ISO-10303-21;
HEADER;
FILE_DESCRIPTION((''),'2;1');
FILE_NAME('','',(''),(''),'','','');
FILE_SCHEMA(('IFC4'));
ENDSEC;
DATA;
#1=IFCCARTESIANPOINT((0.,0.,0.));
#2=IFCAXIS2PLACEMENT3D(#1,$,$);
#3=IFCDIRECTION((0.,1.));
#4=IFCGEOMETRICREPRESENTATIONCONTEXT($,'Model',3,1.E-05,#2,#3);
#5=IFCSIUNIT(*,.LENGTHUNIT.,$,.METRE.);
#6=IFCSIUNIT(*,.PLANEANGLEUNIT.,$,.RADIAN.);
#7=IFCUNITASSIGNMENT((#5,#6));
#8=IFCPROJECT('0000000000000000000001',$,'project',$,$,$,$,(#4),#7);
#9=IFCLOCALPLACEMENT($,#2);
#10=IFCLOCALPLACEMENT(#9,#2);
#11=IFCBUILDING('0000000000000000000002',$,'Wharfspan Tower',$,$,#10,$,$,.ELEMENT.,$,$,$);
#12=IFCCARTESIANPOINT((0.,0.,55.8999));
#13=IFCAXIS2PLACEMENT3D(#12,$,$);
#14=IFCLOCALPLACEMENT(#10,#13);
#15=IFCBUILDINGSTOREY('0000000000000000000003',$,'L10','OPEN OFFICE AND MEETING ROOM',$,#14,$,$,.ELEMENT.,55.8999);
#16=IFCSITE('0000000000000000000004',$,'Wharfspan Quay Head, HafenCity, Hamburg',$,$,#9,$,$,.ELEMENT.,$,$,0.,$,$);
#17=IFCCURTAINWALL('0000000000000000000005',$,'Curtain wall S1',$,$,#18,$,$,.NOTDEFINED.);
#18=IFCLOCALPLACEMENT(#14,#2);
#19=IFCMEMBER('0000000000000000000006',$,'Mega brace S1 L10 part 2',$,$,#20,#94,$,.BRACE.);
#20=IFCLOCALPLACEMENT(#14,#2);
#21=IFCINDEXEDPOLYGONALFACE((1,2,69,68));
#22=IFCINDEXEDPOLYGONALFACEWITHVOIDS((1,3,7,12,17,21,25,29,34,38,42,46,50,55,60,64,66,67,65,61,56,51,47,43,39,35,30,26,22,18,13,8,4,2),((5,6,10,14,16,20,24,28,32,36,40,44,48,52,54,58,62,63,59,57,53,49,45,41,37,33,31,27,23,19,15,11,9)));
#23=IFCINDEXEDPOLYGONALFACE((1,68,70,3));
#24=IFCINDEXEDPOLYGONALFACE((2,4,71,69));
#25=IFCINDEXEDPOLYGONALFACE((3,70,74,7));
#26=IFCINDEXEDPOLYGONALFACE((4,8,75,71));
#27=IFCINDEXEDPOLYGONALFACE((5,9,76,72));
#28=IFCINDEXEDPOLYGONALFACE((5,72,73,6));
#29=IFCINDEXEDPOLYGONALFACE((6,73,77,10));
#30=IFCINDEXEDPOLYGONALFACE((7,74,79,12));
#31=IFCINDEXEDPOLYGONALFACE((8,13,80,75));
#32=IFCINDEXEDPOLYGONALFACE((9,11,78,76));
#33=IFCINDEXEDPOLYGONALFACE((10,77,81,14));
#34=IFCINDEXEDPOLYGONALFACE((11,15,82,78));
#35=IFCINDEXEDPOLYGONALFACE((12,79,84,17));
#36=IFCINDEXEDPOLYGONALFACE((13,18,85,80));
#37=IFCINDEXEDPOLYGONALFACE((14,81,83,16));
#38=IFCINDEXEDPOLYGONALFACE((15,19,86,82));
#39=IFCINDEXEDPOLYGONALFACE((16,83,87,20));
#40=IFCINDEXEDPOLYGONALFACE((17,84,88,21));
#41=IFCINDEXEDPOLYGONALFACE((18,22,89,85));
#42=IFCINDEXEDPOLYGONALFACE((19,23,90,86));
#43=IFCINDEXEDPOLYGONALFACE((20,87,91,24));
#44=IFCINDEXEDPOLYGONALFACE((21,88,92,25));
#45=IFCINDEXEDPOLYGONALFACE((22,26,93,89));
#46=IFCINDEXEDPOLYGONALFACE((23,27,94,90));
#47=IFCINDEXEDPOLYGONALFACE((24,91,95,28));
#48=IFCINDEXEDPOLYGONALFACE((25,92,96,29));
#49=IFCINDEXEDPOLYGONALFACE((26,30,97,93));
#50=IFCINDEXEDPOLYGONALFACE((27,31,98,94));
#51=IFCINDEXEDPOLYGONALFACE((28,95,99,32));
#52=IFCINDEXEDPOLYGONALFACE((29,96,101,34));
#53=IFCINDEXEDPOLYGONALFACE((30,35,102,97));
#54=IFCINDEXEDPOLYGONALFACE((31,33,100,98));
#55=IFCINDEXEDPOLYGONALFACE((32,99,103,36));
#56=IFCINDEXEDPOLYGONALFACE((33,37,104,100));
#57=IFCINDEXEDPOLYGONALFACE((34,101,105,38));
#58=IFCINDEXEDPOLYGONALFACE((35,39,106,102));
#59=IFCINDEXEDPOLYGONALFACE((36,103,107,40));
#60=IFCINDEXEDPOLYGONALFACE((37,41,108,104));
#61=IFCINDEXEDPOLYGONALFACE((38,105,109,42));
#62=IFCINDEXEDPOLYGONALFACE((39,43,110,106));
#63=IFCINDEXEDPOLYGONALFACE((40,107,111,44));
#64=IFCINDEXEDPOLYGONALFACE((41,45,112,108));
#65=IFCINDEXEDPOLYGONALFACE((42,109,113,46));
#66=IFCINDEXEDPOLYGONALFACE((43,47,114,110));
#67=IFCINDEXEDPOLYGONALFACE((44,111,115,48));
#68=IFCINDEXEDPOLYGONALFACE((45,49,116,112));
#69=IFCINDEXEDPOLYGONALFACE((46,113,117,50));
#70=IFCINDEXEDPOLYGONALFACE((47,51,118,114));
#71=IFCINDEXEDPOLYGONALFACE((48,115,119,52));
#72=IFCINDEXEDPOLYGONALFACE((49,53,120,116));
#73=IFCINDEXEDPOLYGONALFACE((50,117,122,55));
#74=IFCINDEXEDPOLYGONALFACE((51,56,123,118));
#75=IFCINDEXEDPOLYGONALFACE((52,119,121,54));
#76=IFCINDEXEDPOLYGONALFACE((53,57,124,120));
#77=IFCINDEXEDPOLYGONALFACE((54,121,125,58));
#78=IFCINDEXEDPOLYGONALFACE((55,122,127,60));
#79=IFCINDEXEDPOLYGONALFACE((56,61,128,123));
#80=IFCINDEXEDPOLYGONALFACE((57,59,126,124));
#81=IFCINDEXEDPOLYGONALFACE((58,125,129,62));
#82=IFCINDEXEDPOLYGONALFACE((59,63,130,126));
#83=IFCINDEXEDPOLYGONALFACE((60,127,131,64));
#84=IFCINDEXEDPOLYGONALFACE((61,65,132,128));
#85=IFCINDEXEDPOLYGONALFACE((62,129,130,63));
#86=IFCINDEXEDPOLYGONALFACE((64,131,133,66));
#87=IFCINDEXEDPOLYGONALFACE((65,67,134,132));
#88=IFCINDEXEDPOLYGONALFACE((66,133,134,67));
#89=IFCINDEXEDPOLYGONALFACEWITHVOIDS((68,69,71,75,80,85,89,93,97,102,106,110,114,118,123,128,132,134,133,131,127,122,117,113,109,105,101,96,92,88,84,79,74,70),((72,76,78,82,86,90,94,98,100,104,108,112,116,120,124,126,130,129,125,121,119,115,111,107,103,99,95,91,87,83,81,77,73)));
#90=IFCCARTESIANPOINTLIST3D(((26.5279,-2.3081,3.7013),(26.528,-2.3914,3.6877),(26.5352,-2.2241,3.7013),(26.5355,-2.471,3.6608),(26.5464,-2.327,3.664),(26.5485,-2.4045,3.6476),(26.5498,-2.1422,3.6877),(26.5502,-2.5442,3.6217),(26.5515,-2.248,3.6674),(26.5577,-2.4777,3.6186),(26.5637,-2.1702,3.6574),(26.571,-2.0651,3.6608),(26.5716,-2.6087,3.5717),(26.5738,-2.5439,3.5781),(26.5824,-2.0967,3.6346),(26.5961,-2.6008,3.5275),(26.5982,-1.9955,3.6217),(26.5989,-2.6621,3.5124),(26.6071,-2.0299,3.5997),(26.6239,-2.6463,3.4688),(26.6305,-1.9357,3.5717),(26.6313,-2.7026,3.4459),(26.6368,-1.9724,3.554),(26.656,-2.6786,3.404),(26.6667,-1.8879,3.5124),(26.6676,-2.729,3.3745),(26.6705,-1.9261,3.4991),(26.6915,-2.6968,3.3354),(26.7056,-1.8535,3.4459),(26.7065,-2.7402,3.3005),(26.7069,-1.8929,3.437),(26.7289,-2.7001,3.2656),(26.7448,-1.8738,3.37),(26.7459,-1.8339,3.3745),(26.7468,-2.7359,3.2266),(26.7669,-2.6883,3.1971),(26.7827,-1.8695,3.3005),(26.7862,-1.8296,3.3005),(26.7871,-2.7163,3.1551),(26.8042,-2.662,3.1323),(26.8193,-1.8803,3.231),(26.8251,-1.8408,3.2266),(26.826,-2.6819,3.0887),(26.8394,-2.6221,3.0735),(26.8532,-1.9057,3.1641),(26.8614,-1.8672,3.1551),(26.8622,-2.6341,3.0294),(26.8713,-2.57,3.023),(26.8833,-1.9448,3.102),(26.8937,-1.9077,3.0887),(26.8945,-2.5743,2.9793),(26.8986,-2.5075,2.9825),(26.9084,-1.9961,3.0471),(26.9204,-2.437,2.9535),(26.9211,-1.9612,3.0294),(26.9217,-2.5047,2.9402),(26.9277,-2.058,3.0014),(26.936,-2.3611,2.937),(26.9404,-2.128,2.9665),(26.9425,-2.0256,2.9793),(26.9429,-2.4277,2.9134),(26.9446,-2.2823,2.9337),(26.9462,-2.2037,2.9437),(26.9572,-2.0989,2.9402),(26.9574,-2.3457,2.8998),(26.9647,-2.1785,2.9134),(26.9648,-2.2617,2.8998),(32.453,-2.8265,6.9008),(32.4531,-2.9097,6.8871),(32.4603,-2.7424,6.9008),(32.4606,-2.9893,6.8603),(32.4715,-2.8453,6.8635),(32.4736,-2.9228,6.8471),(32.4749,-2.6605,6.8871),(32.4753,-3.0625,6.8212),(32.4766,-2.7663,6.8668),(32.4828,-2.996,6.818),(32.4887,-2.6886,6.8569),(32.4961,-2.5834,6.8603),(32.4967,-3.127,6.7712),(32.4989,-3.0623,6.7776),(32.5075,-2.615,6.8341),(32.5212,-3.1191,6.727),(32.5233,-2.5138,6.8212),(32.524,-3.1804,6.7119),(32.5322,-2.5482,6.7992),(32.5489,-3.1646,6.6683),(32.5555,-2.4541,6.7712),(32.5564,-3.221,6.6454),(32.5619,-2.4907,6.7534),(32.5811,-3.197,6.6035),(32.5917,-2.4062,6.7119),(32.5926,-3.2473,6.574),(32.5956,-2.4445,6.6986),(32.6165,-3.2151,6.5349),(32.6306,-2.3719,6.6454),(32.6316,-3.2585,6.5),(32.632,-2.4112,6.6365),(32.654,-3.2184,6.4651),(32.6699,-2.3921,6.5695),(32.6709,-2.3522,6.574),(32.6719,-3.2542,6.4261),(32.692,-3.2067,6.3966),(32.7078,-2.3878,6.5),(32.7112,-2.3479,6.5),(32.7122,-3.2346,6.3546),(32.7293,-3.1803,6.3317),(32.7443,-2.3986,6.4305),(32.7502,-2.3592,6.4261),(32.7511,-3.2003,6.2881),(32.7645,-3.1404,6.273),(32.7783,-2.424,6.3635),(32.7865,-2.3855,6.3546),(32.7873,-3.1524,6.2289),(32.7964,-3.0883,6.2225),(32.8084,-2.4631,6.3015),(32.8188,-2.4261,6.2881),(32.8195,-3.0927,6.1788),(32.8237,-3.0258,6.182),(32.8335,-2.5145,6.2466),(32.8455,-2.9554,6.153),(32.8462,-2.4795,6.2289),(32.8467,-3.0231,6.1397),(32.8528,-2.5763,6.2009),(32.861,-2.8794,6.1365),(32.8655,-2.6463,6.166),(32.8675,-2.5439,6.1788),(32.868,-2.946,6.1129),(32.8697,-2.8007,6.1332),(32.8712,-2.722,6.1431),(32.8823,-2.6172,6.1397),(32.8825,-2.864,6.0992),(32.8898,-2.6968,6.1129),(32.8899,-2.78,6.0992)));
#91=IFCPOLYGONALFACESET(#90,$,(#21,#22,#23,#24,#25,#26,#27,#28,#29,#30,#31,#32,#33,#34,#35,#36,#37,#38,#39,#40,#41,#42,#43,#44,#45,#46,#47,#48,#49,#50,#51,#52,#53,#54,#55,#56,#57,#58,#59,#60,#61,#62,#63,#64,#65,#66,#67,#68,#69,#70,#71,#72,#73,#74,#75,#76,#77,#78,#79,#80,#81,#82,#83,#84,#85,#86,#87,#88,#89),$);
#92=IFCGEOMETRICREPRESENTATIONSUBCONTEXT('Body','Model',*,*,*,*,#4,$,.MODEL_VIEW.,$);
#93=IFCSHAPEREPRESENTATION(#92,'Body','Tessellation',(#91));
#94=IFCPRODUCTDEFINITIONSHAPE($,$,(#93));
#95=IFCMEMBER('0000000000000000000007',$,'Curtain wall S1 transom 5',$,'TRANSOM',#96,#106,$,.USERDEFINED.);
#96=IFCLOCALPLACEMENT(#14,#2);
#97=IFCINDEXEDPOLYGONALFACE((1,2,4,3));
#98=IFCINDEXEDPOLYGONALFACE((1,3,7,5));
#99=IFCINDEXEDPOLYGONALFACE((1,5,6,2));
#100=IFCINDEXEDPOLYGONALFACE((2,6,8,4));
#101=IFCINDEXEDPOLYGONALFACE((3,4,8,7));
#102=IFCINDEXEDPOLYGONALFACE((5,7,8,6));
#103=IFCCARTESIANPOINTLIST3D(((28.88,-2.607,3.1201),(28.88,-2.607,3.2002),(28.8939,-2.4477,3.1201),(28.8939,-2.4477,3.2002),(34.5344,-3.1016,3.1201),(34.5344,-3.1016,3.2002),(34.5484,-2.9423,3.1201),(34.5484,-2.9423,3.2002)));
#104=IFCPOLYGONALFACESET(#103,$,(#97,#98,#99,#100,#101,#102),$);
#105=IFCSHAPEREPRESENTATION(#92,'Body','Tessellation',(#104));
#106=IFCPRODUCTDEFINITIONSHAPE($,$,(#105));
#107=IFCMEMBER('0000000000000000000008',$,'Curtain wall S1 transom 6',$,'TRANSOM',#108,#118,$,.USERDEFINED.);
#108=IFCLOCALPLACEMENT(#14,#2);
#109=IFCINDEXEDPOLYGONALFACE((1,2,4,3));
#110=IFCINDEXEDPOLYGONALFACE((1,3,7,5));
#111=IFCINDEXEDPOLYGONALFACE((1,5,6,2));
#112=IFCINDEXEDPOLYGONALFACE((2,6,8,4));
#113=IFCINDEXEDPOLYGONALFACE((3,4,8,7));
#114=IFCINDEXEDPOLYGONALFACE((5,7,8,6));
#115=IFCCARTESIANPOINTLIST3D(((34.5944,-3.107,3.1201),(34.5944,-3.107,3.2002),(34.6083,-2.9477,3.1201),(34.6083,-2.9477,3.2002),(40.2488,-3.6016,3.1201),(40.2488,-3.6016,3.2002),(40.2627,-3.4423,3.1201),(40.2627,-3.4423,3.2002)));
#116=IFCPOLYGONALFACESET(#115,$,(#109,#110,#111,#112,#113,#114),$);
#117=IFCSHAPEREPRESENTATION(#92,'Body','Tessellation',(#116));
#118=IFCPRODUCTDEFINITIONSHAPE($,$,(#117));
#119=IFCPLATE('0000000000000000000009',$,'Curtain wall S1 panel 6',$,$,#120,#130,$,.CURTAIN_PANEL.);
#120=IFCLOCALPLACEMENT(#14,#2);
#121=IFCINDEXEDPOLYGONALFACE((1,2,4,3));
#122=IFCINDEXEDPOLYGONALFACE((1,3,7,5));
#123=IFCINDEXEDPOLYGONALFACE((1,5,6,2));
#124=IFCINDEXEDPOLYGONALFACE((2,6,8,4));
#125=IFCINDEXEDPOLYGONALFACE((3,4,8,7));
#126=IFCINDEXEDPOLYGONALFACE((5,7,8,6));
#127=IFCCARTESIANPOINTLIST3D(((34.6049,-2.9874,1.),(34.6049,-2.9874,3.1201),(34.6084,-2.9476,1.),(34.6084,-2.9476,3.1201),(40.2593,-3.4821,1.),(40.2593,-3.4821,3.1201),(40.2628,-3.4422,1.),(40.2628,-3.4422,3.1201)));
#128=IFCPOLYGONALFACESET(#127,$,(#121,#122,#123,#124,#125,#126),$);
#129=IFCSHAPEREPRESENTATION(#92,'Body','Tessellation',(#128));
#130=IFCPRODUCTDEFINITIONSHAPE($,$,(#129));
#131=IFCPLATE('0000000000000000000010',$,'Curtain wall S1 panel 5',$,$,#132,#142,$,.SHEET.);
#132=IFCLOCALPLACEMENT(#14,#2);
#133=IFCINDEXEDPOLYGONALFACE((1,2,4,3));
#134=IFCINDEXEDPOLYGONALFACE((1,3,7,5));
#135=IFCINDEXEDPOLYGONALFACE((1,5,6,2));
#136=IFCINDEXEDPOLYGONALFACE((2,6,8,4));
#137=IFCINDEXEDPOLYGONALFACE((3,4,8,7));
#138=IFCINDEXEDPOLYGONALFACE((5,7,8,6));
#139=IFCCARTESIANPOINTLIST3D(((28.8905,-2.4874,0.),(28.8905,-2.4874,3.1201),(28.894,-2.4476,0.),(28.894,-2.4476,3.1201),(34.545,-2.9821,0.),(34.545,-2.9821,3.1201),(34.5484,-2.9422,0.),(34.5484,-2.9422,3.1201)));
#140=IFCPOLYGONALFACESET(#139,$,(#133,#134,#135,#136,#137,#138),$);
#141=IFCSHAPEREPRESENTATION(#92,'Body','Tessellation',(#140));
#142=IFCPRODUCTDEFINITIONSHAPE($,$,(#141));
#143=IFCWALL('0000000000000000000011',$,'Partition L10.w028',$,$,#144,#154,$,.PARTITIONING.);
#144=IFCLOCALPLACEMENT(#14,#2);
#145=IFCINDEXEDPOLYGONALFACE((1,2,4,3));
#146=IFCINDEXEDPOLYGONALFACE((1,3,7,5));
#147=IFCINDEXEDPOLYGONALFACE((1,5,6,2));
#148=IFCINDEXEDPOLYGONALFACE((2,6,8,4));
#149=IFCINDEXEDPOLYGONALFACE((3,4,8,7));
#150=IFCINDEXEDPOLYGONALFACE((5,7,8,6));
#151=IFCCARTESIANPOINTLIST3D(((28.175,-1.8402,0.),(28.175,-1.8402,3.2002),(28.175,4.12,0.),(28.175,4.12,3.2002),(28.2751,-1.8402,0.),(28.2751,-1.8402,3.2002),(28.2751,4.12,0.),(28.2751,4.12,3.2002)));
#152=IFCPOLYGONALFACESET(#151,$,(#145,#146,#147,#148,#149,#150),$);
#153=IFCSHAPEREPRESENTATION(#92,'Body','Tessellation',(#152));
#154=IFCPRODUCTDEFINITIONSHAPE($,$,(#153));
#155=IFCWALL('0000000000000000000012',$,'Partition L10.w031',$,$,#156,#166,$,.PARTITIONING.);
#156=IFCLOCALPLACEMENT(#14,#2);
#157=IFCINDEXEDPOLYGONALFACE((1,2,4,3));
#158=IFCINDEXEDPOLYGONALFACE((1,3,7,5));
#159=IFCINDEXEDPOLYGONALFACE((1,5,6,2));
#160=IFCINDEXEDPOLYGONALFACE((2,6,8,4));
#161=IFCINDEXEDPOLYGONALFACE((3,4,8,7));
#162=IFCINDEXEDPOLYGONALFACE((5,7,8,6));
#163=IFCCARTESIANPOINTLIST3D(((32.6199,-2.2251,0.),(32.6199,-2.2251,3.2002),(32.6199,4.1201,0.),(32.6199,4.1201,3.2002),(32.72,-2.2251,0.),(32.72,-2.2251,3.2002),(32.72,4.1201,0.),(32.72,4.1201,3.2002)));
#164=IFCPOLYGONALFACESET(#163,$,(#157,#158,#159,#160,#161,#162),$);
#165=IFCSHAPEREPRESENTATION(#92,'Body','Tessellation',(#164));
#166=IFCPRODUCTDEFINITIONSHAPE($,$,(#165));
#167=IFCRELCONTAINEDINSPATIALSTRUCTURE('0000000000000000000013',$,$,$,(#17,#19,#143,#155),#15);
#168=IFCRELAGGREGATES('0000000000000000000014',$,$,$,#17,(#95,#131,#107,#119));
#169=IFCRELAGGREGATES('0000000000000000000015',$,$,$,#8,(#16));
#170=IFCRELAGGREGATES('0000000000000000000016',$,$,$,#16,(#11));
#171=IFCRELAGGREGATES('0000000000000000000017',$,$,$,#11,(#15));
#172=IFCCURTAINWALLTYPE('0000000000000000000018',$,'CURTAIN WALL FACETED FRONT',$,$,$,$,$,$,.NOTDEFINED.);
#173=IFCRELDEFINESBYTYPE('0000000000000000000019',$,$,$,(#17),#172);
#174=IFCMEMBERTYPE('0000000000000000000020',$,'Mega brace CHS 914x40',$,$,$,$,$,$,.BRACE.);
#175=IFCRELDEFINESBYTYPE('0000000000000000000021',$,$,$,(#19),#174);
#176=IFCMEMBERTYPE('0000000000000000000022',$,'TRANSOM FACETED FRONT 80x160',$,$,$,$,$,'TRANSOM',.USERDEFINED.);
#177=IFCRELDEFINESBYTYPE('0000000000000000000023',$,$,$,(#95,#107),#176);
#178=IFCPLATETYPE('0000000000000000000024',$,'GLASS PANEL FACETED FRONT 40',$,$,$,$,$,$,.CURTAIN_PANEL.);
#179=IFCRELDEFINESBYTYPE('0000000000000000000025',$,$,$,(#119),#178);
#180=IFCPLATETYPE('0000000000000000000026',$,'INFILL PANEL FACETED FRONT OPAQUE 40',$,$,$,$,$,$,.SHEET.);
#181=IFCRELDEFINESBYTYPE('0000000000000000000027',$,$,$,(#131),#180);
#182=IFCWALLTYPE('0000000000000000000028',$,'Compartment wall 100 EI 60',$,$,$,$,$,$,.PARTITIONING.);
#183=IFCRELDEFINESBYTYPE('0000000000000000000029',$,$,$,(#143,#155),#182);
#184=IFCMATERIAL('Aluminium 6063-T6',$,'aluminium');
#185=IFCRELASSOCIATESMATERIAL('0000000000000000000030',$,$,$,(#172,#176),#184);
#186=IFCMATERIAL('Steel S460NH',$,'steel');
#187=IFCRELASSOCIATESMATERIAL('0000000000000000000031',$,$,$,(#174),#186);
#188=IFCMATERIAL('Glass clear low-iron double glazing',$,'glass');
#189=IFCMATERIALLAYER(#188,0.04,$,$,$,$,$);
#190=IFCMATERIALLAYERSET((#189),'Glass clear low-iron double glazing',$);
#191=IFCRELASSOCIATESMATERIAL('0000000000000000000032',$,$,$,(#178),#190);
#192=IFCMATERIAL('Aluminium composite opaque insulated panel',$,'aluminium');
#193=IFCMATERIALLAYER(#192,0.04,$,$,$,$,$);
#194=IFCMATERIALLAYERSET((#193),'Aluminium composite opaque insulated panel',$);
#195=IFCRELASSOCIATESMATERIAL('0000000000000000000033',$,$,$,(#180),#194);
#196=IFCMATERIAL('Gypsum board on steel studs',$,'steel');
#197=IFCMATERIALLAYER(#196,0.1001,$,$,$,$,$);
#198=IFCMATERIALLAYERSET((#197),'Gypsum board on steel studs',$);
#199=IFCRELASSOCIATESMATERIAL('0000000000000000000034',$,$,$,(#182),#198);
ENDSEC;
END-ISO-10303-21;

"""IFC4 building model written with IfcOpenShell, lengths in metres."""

from ifc_helpers import new_model, si_unit, direction, frame, frame_2d, origin, origin_2d, place, context, subcontext, project, spatial, rectangle, hollow_circle, extrude, material, layer, layer_set, material_profile, profile_set, type_object, element, aggregate, save


model = new_model("IFC4")

# Units and contexts
model_context = context("Model", 3, precision=1e-05, world=origin(), true_north=direction((0.0, 1.0)))
body_context = subcontext(model_context, "Body", "Model", "MODEL_VIEW")
ifc_project = project(units=[si_unit("LENGTHUNIT", "METRE"), si_unit("PLANEANGLEUNIT", "RADIAN")], contexts=[model_context])

# Site, building, storey
site_placement = place(None, origin())
site = spatial("IfcSite", under=ifc_project, at=site_placement, Name="Wharfspan Quay Head, HafenCity, Hamburg", CompositionType="ELEMENT", RefElevation=0.0)
building_placement = place(site_placement, origin())
building = spatial("IfcBuilding", under=site, at=building_placement, Name="Wharfspan Tower", CompositionType="ELEMENT")
storey_placement = place(building_placement, frame((0.0, 0.0, 55.8999)))
storey = spatial("IfcBuildingStorey", under=building, at=storey_placement, Name="L10", Description="OPEN OFFICE AND MEETING ROOM", CompositionType="ELEMENT", Elevation=55.8999)

# Curtain wall
ifc_material_1 = material(Name="Aluminium 6063-T6", Category="aluminium")
curtain_wall_type = type_object("IfcCurtainWallType", Name="CURTAIN WALL FACETED FRONT", PredefinedType="NOTDEFINED", material=ifc_material_1)
curtain_wall_placement = place(storey_placement, origin())
curtain_wall = element("IfcCurtainWall", 1, at=curtain_wall_placement, inside=storey, type_object=curtain_wall_type, Name="Curtain wall S1", PredefinedType="NOTDEFINED")

# Members
ifc_material_2 = material(Name="Steel S460NH", Category="steel")
ifc_material_profile_1 = material_profile(ifc_material_2, hollow_circle(Radius=0.457, WallThickness=0.04, at=origin_2d()))
ifc_profile_set_1 = profile_set([ifc_material_profile_1], Name="Steel S460NH")
member_type_1 = type_object("IfcMemberType", Name="Mega brace CHS 914x40", PredefinedType="BRACE", material=ifc_profile_set_1)
member_1_placement = place(storey_placement, frame((26.7463, -2.2849, 3.3005), z_axis=(0.877314, -0.076746, 0.47374), x_axis=(0.087144, 0.996196, 0.000003)))
element("IfcMember", 2, at=member_1_placement, inside=storey, type_object=member_type_1, Name="Mega brace S1 L10 part 2", PredefinedType="BRACE", context=body_context, shape_type="SweptSolid", body=[
    extrude(hollow_circle(Radius=0.457, WallThickness=0.04, at=origin_2d()), origin(), (0.0, 0.0, 1.0), 6.7537),
])
ifc_material_profile_2 = material_profile(ifc_material_1, rectangle(XDim=0.1599, YDim=0.0801, at=origin_2d()))
ifc_profile_set_2 = profile_set([ifc_material_profile_2], Name="Aluminium 6063-T6")
member_type_2 = type_object("IfcMemberType", Name="TRANSOM FACETED FRONT 80x160", ElementType="TRANSOM", PredefinedType="USERDEFINED", material=ifc_profile_set_2)
member_2_placement = place(storey_placement, frame((28.887, -2.5273, 3.1602), z_axis=(0.996196, -0.087142, 0.0), x_axis=(0.087142, 0.996196, 0.0)))
member_2 = element("IfcMember", 3, at=member_2_placement, type_object=member_type_2, Name="Curtain wall S1 transom 5", ObjectType="TRANSOM", PredefinedType="USERDEFINED", context=body_context, shape_type="SweptSolid", body=[
    extrude(rectangle(XDim=0.1599, YDim=0.0801, at=origin_2d()), origin(), (0.0, 0.0, 1.0), 5.676),
])
member_3_placement = place(storey_placement, frame((34.6013, -3.0273, 3.1602), z_axis=(0.996196, -0.087142, 0.0), x_axis=(0.087142, 0.996196, 0.0)))
member_3 = element("IfcMember", 4, at=member_3_placement, type_object=member_type_2, Name="Curtain wall S1 transom 6", ObjectType="TRANSOM", PredefinedType="USERDEFINED", context=body_context, shape_type="SweptSolid", body=[
    extrude(rectangle(XDim=0.1599, YDim=0.0801, at=origin_2d()), origin(), (0.0, 0.0, 1.0), 5.676),
])

# Plates
ifc_material_3 = material(Name="Glass clear low-iron double glazing", Category="glass")
ifc_layer_1 = layer(ifc_material_3, 0.04)
ifc_layer_set_1 = layer_set([ifc_layer_1], Name="Glass clear low-iron double glazing")
plate_type_1 = type_object("IfcPlateType", Name="GLASS PANEL FACETED FRONT 40", PredefinedType="CURTAIN_PANEL", material=ifc_layer_set_1)
plate_1_placement = place(storey_placement, frame((37.4338, -3.2148, 1.0), z_axis=(0.0, 0.0, 1.0), x_axis=(0.996197, -0.087156, 0.0)))
plate_1 = element("IfcPlate", 5, at=plate_1_placement, type_object=plate_type_1, Name="Curtain wall S1 panel 6", PredefinedType="CURTAIN_PANEL", context=body_context, shape_type="SweptSolid", body=[
    extrude(rectangle(XDim=5.676, YDim=0.04, at=origin_2d()), origin(), (0.0, 0.0, 1.0), 2.1201),
])
ifc_material_4 = material(Name="Aluminium composite opaque insulated panel", Category="aluminium")
ifc_layer_2 = layer(ifc_material_4, 0.04)
ifc_layer_set_2 = layer_set([ifc_layer_2], Name="Aluminium composite opaque insulated panel")
plate_type_2 = type_object("IfcPlateType", Name="INFILL PANEL FACETED FRONT OPAQUE 40", PredefinedType="SHEET", material=ifc_layer_set_2)
plate_2_placement = place(storey_placement, frame((31.7195, -2.7148, 0.0), z_axis=(0.0, 0.0, 1.0), x_axis=(0.996197, -0.087156, 0.0)))
plate_2 = element("IfcPlate", 6, at=plate_2_placement, type_object=plate_type_2, Name="Curtain wall S1 panel 5", PredefinedType="SHEET", context=body_context, shape_type="SweptSolid", body=[
    extrude(rectangle(XDim=5.676, YDim=0.04, at=origin_2d()), origin(), (0.0, 0.0, 1.0), 3.1201),
])
aggregate(curtain_wall, [member_2, plate_2, member_3, plate_1])

# Walls
ifc_material_5 = material(Name="Gypsum board on steel studs", Category="steel")
ifc_layer_3 = layer(ifc_material_5, 0.1001)
ifc_layer_set_3 = layer_set([ifc_layer_3], Name="Gypsum board on steel studs")
wall_type_1 = type_object("IfcWallType", Name="Compartment wall 100 EI 60", PredefinedType="PARTITIONING", material=ifc_layer_set_3)
wall_1_placement = place(storey_placement, frame((28.2251, -1.8401, 0.0), z_axis=(0.0, 0.0, 1.0), x_axis=(0.0, 1.0, 0.0)))
element("IfcWall", 7, at=wall_1_placement, inside=storey, type_object=wall_type_1, Name="Partition L10.w028", PredefinedType="PARTITIONING", context=body_context, shape_type="SweptSolid", body=[
    extrude(rectangle(XDim=5.9602, YDim=0.1001, at=frame_2d((2.98, 0.0))), origin(), (0.0, 0.0, 1.0), 3.2002),
])
wall_2_placement = place(storey_placement, frame((32.6699, -2.2251, 0.0), z_axis=(0.0, 0.0, 1.0), x_axis=(0.0, 1.0, 0.0)))
element("IfcWall", 8, at=wall_2_placement, inside=storey, type_object=wall_type_1, Name="Partition L10.w031", PredefinedType="PARTITIONING", context=body_context, shape_type="SweptSolid", body=[
    extrude(rectangle(XDim=6.3452, YDim=0.1001, at=frame_2d((3.1726, 0.0))), origin(), (0.0, 0.0, 1.0), 3.2002),
])

save(model, "model.ifc")
